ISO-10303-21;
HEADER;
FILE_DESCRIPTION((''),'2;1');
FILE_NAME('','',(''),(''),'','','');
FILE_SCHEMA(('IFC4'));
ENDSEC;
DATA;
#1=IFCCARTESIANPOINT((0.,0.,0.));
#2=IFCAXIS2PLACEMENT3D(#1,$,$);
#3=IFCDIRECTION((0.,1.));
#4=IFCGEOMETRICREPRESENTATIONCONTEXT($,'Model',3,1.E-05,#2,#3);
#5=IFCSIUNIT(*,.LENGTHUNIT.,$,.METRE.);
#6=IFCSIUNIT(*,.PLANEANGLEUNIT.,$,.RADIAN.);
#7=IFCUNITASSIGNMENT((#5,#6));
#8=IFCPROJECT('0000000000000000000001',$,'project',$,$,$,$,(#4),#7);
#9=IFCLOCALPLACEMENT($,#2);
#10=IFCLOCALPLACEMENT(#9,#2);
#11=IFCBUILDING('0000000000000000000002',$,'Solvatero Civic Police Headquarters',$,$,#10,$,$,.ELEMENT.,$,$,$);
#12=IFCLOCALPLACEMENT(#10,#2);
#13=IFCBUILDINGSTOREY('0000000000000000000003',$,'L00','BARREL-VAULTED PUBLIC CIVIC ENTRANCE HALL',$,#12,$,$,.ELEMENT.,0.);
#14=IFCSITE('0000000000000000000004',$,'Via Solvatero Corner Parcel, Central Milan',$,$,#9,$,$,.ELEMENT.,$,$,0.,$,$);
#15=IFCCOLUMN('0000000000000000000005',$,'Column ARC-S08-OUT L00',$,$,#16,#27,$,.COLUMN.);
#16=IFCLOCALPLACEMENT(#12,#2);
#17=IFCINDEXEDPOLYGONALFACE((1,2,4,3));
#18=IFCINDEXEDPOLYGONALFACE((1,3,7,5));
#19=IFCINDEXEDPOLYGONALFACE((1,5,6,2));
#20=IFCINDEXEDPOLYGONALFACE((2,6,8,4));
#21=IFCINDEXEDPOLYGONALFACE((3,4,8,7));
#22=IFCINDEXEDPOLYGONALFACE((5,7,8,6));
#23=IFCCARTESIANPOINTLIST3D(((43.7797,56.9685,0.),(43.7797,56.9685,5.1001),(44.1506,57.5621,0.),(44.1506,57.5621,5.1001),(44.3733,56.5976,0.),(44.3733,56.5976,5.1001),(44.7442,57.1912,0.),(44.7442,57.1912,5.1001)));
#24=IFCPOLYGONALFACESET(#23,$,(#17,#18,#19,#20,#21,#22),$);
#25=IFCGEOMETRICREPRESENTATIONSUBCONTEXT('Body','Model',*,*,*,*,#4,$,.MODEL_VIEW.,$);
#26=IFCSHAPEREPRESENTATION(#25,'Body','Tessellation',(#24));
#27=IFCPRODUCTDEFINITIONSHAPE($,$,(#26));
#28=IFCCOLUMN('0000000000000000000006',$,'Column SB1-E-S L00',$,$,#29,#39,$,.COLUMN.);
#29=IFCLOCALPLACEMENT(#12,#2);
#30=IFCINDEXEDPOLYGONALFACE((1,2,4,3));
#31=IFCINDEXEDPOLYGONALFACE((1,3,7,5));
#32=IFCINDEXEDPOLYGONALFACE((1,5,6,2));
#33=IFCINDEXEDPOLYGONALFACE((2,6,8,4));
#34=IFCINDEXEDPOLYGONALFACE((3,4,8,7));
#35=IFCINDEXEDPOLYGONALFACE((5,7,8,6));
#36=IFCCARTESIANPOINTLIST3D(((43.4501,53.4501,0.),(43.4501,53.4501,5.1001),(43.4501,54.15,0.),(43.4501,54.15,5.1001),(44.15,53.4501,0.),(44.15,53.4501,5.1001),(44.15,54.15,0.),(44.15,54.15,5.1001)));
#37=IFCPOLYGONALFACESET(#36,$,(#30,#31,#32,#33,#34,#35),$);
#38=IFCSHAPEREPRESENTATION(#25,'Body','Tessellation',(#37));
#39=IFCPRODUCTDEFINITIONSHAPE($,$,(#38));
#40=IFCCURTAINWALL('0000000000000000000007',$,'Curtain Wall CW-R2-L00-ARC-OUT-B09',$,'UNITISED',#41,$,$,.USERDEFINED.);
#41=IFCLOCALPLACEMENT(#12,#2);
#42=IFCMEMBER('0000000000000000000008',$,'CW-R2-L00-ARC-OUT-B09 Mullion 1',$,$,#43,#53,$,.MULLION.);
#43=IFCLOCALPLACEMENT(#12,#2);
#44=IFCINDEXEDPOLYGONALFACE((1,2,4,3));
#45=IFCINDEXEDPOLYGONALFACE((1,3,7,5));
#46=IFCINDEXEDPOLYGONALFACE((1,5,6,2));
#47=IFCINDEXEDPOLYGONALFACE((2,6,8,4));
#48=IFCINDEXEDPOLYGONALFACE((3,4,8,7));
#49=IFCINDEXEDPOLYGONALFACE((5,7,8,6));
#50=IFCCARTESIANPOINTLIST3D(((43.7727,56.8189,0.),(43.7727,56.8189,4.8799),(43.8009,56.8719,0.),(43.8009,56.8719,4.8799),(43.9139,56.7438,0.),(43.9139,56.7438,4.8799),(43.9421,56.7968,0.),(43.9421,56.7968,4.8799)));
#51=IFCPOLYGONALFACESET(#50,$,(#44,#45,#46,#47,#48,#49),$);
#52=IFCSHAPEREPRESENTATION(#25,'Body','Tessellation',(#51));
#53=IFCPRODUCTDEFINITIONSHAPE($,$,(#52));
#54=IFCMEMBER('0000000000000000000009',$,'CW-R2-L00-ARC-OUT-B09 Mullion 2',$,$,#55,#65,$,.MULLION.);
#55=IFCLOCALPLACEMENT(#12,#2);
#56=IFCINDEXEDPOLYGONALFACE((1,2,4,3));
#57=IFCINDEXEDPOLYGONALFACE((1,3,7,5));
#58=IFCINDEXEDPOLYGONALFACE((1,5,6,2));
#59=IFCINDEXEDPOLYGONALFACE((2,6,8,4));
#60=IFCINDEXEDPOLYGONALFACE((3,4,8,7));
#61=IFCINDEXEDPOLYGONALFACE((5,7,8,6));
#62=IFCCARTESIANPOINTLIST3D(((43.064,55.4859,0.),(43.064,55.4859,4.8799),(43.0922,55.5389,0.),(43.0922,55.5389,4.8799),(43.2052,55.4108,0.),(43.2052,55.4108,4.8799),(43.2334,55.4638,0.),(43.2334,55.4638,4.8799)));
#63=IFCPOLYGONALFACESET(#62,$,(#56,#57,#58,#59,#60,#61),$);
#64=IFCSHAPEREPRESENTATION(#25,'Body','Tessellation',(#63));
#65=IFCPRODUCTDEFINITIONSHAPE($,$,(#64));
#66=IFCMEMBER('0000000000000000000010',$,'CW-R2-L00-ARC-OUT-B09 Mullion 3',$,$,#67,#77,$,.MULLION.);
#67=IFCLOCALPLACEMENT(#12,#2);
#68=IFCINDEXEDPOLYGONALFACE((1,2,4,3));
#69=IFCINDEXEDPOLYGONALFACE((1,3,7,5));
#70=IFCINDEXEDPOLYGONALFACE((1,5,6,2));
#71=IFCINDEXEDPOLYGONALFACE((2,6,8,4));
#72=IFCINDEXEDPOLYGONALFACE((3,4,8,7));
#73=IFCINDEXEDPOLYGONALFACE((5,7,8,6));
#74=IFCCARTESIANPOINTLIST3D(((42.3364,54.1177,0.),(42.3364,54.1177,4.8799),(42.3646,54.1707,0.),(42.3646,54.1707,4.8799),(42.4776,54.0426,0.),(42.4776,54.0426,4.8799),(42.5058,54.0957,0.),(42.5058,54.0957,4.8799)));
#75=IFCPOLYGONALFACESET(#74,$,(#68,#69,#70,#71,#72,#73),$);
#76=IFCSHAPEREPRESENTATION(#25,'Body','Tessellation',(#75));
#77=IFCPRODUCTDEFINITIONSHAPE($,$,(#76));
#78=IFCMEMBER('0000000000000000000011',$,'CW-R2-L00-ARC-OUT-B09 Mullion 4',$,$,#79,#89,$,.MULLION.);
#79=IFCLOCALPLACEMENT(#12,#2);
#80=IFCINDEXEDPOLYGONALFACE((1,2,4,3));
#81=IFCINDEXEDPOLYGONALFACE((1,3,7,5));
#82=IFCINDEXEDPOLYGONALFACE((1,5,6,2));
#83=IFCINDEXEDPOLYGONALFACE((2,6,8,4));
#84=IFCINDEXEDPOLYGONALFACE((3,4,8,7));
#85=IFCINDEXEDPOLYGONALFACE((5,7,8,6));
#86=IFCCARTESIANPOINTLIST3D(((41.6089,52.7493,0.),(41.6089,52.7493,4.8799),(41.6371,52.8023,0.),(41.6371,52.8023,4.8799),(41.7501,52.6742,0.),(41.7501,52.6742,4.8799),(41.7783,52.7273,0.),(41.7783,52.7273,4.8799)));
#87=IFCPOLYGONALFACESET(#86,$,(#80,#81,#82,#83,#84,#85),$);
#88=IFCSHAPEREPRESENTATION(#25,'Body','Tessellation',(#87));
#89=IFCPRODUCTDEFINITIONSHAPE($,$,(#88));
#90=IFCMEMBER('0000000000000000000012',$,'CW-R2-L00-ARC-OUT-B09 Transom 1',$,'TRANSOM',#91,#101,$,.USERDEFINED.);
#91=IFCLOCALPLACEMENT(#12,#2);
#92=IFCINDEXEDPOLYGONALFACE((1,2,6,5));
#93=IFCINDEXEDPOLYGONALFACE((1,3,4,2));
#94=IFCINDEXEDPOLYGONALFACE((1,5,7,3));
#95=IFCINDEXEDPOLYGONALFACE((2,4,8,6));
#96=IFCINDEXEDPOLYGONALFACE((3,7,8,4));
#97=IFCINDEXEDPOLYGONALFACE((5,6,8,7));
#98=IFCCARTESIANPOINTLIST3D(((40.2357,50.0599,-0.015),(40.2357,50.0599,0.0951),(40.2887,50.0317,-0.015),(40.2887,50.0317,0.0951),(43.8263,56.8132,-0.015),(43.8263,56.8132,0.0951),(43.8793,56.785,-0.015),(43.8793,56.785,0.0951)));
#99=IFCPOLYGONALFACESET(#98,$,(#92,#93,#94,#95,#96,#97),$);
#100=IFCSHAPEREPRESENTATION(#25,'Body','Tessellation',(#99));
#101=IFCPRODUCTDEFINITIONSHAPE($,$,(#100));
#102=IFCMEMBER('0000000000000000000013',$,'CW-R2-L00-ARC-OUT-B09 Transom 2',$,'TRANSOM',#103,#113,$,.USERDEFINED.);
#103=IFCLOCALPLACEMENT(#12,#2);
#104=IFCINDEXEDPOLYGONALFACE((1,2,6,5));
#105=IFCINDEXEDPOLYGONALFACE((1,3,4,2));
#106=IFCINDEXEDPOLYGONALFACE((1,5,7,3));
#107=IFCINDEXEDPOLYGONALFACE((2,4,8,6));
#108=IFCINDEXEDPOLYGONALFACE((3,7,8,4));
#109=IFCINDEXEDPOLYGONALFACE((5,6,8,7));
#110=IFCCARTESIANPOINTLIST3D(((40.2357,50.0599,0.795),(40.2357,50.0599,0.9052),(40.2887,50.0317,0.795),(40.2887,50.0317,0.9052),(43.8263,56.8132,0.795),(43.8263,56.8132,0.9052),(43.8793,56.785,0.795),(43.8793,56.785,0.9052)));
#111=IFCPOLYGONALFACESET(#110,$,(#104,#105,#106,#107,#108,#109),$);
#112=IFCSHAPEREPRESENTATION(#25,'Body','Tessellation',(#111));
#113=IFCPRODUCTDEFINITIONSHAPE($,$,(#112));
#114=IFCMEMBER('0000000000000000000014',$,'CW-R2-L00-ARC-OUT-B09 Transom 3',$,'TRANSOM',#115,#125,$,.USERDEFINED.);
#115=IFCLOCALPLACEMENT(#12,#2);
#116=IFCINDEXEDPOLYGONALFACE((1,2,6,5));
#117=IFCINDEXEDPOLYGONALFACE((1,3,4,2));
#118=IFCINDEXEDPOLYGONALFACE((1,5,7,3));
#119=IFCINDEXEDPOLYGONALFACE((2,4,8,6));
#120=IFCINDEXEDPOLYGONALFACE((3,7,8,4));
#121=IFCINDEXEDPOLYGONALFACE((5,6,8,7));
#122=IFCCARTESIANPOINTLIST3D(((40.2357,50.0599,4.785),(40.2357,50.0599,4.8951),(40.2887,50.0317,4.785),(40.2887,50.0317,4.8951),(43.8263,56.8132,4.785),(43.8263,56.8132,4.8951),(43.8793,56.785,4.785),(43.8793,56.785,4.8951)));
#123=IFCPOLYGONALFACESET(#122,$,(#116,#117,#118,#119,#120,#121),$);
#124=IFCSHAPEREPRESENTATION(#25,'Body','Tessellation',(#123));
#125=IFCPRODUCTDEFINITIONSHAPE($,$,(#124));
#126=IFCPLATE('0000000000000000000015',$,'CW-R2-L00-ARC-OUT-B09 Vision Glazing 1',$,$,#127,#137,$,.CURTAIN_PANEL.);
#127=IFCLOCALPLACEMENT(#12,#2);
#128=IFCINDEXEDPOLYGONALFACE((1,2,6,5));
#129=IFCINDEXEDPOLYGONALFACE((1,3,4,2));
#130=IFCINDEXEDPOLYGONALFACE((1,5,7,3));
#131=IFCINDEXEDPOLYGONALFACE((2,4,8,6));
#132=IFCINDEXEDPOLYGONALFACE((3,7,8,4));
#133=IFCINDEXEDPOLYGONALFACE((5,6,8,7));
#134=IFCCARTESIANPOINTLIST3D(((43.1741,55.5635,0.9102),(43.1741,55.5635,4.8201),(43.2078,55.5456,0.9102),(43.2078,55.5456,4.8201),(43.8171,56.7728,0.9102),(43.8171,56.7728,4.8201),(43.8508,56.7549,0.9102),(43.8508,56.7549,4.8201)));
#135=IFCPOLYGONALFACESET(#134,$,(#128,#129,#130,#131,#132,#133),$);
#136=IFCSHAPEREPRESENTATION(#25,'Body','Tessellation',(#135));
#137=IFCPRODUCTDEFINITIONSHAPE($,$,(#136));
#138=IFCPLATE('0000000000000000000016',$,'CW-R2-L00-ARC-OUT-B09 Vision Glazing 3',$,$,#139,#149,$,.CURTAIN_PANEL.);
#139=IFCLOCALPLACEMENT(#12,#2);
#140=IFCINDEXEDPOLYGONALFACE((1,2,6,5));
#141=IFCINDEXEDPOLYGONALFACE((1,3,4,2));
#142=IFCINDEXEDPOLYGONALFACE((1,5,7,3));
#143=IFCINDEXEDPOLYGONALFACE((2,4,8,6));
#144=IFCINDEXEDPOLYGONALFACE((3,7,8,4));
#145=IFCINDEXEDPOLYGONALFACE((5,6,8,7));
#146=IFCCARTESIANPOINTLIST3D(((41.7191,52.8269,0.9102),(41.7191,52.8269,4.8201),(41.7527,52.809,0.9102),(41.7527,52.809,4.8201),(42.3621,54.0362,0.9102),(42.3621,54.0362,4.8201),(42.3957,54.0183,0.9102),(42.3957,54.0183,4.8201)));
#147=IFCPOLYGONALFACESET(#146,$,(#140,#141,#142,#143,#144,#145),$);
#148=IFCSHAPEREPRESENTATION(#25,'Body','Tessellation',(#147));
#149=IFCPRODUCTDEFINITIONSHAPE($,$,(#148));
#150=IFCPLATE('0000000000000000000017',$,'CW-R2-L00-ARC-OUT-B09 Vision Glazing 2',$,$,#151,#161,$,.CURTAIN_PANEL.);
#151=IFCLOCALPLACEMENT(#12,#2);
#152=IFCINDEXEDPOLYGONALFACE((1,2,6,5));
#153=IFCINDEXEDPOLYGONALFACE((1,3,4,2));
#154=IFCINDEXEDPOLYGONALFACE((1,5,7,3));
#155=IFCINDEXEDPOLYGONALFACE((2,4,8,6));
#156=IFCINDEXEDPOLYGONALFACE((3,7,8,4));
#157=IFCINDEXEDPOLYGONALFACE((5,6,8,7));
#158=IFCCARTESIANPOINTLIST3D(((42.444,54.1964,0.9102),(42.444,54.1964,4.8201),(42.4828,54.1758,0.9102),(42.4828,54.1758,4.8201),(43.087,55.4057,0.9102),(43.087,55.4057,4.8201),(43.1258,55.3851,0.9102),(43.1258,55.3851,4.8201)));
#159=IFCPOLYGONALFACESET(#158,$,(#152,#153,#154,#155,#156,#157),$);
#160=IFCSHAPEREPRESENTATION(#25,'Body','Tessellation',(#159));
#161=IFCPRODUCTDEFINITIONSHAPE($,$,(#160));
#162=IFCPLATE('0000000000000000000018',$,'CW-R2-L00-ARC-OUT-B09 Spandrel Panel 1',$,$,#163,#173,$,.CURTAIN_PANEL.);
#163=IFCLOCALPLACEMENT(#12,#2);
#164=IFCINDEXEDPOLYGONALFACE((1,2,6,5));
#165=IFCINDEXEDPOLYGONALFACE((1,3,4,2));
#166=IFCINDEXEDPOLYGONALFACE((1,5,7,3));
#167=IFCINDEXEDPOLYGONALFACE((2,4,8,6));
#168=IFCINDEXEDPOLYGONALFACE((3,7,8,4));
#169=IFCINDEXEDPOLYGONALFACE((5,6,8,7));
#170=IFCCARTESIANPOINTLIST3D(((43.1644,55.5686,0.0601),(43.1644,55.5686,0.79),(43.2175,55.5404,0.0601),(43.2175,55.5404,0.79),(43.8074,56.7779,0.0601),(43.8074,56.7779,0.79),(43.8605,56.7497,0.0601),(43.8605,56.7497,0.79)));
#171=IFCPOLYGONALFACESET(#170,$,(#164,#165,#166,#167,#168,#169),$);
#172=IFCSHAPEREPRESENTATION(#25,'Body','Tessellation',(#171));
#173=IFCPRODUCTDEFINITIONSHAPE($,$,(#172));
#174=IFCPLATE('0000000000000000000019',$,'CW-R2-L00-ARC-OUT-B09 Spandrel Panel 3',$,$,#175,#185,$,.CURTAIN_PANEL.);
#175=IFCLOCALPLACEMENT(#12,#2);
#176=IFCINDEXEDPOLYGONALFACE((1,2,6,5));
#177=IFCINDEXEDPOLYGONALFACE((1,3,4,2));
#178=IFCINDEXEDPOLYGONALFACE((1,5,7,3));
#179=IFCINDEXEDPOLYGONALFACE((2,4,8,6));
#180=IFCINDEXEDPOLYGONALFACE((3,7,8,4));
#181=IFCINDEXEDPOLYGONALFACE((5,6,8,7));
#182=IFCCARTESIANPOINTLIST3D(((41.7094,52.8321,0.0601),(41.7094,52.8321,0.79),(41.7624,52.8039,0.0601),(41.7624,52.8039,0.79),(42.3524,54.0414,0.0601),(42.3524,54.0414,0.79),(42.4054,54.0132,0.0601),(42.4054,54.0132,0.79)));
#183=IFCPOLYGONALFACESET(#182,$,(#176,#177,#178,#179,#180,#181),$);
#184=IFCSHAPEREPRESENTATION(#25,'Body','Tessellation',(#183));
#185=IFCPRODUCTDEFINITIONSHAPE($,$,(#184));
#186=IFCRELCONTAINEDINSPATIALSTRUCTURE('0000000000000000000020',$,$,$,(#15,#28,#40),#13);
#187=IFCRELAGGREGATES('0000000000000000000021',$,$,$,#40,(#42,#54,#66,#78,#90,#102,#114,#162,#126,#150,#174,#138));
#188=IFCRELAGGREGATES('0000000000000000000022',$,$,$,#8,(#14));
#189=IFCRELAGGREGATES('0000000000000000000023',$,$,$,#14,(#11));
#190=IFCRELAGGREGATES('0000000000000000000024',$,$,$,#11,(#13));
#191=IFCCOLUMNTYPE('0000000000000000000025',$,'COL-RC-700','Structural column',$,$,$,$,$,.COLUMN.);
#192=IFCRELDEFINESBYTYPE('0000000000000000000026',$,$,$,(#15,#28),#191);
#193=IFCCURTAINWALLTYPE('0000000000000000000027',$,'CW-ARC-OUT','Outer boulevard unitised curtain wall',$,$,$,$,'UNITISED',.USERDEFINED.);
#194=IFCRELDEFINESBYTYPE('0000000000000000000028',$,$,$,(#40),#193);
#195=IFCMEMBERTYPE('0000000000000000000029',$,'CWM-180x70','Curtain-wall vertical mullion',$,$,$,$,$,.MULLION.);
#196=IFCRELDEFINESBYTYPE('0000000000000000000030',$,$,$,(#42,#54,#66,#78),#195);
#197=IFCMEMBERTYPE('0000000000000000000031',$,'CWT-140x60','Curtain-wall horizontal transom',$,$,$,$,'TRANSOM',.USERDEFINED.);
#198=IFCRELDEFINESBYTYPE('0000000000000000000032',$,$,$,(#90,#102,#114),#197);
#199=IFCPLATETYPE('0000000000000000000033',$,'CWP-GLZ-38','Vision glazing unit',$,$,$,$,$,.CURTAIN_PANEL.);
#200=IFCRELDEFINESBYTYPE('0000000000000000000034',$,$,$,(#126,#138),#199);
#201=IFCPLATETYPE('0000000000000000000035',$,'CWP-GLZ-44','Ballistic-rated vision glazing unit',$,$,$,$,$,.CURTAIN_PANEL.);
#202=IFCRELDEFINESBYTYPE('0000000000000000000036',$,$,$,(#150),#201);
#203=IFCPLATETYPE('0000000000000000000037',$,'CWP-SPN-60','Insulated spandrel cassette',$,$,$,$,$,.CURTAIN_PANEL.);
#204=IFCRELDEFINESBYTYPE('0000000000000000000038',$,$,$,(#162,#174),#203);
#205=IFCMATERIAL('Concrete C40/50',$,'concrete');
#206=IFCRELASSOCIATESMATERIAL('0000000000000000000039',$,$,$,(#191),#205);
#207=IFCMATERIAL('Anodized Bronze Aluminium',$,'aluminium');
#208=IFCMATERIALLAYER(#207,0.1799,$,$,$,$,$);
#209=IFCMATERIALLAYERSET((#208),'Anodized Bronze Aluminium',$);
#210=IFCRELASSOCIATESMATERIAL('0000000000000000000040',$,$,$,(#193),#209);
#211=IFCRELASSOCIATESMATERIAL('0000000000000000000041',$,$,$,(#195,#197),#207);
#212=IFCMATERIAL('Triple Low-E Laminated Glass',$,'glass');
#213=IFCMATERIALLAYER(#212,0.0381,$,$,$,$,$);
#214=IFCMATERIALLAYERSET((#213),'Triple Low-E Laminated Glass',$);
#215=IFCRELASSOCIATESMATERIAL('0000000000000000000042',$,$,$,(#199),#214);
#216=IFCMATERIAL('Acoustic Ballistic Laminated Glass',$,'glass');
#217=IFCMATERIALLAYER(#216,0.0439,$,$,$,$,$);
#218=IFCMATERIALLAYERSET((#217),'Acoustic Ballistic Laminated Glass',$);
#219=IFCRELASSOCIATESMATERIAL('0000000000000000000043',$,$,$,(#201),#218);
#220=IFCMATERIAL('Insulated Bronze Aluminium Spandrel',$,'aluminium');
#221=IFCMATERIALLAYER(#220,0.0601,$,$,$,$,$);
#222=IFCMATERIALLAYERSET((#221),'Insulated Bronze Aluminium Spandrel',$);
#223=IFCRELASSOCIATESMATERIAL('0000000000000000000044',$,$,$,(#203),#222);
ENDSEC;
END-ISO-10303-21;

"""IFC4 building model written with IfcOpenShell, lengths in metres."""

from ifc_helpers import new_model, si_unit, direction, frame, origin, origin_2d, place, context, subcontext, project, spatial, rectangle, extrude, material, layer, layer_set, material_profile, profile_set, type_object, element, aggregate, save


model = new_model("IFC4")

# Units and contexts
model_context = context("Model", 3, precision=1e-05, world=origin(), true_north=direction((0.0, 1.0)))
body_context = subcontext(model_context, "Body", "Model", "MODEL_VIEW")
ifc_project = project(units=[si_unit("LENGTHUNIT", "METRE"), si_unit("PLANEANGLEUNIT", "RADIAN")], contexts=[model_context])

# Site, building, storey
site_placement = place(None, origin())
site = spatial("IfcSite", under=ifc_project, at=site_placement, Name="Via Solvatero Corner Parcel, Central Milan", CompositionType="ELEMENT", RefElevation=0.0)
building_placement = place(site_placement, origin())
building = spatial("IfcBuilding", under=site, at=building_placement, Name="Solvatero Civic Police Headquarters", CompositionType="ELEMENT")
storey_placement = place(building_placement, origin())
storey = spatial("IfcBuildingStorey", under=building, at=storey_placement, Name="L00", Description="BARREL-VAULTED PUBLIC CIVIC ENTRANCE HALL", CompositionType="ELEMENT", Elevation=0.0)

# Columns
ifc_material_1 = material(Name="Concrete C40/50", Category="concrete")
ifc_material_profile_1 = material_profile(ifc_material_1, rectangle(XDim=0.7, YDim=0.7, at=origin_2d()), Name="RC 700x700")
ifc_profile_set_1 = profile_set([ifc_material_profile_1], Name="Concrete C40/50")
column_type = type_object("IfcColumnType", Name="COL-RC-700", Description="Structural column", PredefinedType="COLUMN", material=ifc_profile_set_1)
for number, where, z_axis, x_axis, name in (
    (1, (44.262, 57.0798, 0.0), (0.0, 0.0, 1.0), (0.529919, 0.848048, 0.0), "Column ARC-S08-OUT L00"),
    (2, (43.8, 53.8, 0.0), (0.0, 0.0, 1.0), (1.0, 0.0, 0.0), "Column SB1-E-S L00"),
):
    element("IfcColumn", number, at=place(storey_placement, frame(where, z_axis=z_axis, x_axis=x_axis)), inside=storey, type_object=column_type, Name=name, PredefinedType="COLUMN", context=body_context, shape_type="SweptSolid", body=[
        extrude(rectangle(XDim=0.7, YDim=0.7, at=origin_2d()), origin(), (0.0, 0.0, 1.0), 5.1001),
    ])

# Curtain wall, members, plates
ifc_material_2 = material(Name="Anodized Bronze Aluminium", Category="aluminium")
ifc_layer_1 = layer(ifc_material_2, 0.1799)
ifc_layer_set_1 = layer_set([ifc_layer_1], Name="Anodized Bronze Aluminium")
curtain_wall_type = type_object("IfcCurtainWallType", Name="CW-ARC-OUT", Description="Outer boulevard unitised curtain wall", ElementType="UNITISED", PredefinedType="USERDEFINED", material=ifc_layer_set_1)
curtain_wall_placement = place(storey_placement, origin())
curtain_wall = element("IfcCurtainWall", 3, at=curtain_wall_placement, inside=storey, type_object=curtain_wall_type, Name="Curtain Wall CW-R2-L00-ARC-OUT-B09", ObjectType="UNITISED", PredefinedType="USERDEFINED")
ifc_material_profile_2 = material_profile(ifc_material_2, rectangle(XDim=0.0601, YDim=0.1599, at=origin_2d()), Name="ALU MULLION 60x160")
ifc_profile_set_2 = profile_set([ifc_material_profile_2], Name="Anodized Bronze Aluminium")
member_type_1 = type_object("IfcMemberType", Name="CWM-180x70", Description="Curtain-wall vertical mullion", PredefinedType="MULLION", material=ifc_profile_set_2)
member_1_placement = place(storey_placement, frame((43.8574, 56.8079, 0.0), z_axis=(0.0, 0.0, 1.0), x_axis=(-0.469472, -0.882948, 0.0)))
member_1 = element("IfcMember", 4, at=member_1_placement, type_object=member_type_1, Name="CW-R2-L00-ARC-OUT-B09 Mullion 1", PredefinedType="MULLION", context=body_context, shape_type="SweptSolid", body=[
    extrude(rectangle(XDim=0.0601, YDim=0.1599, at=origin_2d()), origin(), (0.0, 0.0, 1.0), 4.8799),
])
member_2_placement = place(storey_placement, frame((43.1487, 55.4749, 0.0), z_axis=(0.0, 0.0, 1.0), x_axis=(-0.469472, -0.882948, 0.0)))
member_2 = element("IfcMember", 5, at=member_2_placement, type_object=member_type_1, Name="CW-R2-L00-ARC-OUT-B09 Mullion 2", PredefinedType="MULLION", context=body_context, shape_type="SweptSolid", body=[
    extrude(rectangle(XDim=0.0601, YDim=0.1599, at=origin_2d()), origin(), (0.0, 0.0, 1.0), 4.8799),
])
member_3_placement = place(storey_placement, frame((42.4211, 54.1067, 0.0), z_axis=(0.0, 0.0, 1.0), x_axis=(-0.469472, -0.882948, 0.0)))
member_3 = element("IfcMember", 6, at=member_3_placement, type_object=member_type_1, Name="CW-R2-L00-ARC-OUT-B09 Mullion 3", PredefinedType="MULLION", context=body_context, shape_type="SweptSolid", body=[
    extrude(rectangle(XDim=0.0601, YDim=0.1599, at=origin_2d()), origin(), (0.0, 0.0, 1.0), 4.8799),
])
member_4_placement = place(storey_placement, frame((41.6936, 52.7383, 0.0), z_axis=(0.0, 0.0, 1.0), x_axis=(-0.469472, -0.882948, 0.0)))
member_4 = element("IfcMember", 7, at=member_4_placement, type_object=member_type_1, Name="CW-R2-L00-ARC-OUT-B09 Mullion 4", PredefinedType="MULLION", context=body_context, shape_type="SweptSolid", body=[
    extrude(rectangle(XDim=0.0601, YDim=0.1599, at=origin_2d()), origin(), (0.0, 0.0, 1.0), 4.8799),
])
ifc_material_profile_3 = material_profile(ifc_material_2, rectangle(XDim=0.0601, YDim=0.1101, at=origin_2d()), Name="ALU TRANSOM 60x110")
ifc_profile_set_3 = profile_set([ifc_material_profile_3], Name="Anodized Bronze Aluminium")
member_type_2 = type_object("IfcMemberType", Name="CWT-140x60", Description="Curtain-wall horizontal transom", ElementType="TRANSOM", PredefinedType="USERDEFINED", material=ifc_profile_set_3)
member_5_placement = place(storey_placement, frame((43.8528, 56.7991, 0.04), z_axis=(-0.469456, -0.882956, 0.0), x_axis=(0.882956, -0.469456, 0.0)))
member_5 = element("IfcMember", 8, at=member_5_placement, type_object=member_type_2, Name="CW-R2-L00-ARC-OUT-B09 Transom 1", ObjectType="TRANSOM", PredefinedType="USERDEFINED", context=body_context, shape_type="SweptSolid", body=[
    extrude(rectangle(XDim=0.0601, YDim=0.1101, at=origin_2d()), origin(), (0.0, 0.0, 1.0), 7.6484),
])
member_6_placement = place(storey_placement, frame((43.8528, 56.7991, 0.8501), z_axis=(-0.469456, -0.882956, 0.0), x_axis=(0.882956, -0.469456, 0.0)))
member_6 = element("IfcMember", 9, at=member_6_placement, type_object=member_type_2, Name="CW-R2-L00-ARC-OUT-B09 Transom 2", ObjectType="TRANSOM", PredefinedType="USERDEFINED", context=body_context, shape_type="SweptSolid", body=[
    extrude(rectangle(XDim=0.0601, YDim=0.1101, at=origin_2d()), origin(), (0.0, 0.0, 1.0), 7.6484),
])
member_7_placement = place(storey_placement, frame((43.8528, 56.7991, 4.8401), z_axis=(-0.469456, -0.882956, 0.0), x_axis=(0.882956, -0.469456, 0.0)))
member_7 = element("IfcMember", 10, at=member_7_placement, type_object=member_type_2, Name="CW-R2-L00-ARC-OUT-B09 Transom 3", ObjectType="TRANSOM", PredefinedType="USERDEFINED", context=body_context, shape_type="SweptSolid", body=[
    extrude(rectangle(XDim=0.0601, YDim=0.1101, at=origin_2d()), origin(), (0.0, 0.0, 1.0), 7.6484),
])
ifc_material_3 = material(Name="Triple Low-E Laminated Glass", Category="glass")
ifc_layer_2 = layer(ifc_material_3, 0.0381)
ifc_layer_set_2 = layer_set([ifc_layer_2], Name="Triple Low-E Laminated Glass")
plate_type_1 = type_object("IfcPlateType", Name="CWP-GLZ-38", Description="Vision glazing unit", PredefinedType="CURTAIN_PANEL", material=ifc_layer_set_2)
plate_1_placement = place(storey_placement, frame((43.5125, 56.1592, 0.9102), z_axis=(0.0, 0.0, 1.0), x_axis=(-0.469472, -0.882948, 0.0)))
plate_1 = element("IfcPlate", 11, at=plate_1_placement, type_object=plate_type_1, Name="CW-R2-L00-ARC-OUT-B09 Vision Glazing 1", PredefinedType="CURTAIN_PANEL", context=body_context, shape_type="SweptSolid", body=[
    extrude(rectangle(XDim=1.3696, YDim=0.0381, at=origin_2d()), origin(), (0.0, 0.0, 1.0), 3.9099),
])
plate_2_placement = place(storey_placement, frame((42.0574, 53.4226, 0.9102), z_axis=(0.0, 0.0, 1.0), x_axis=(-0.469472, -0.882948, 0.0)))
plate_2 = element("IfcPlate", 12, at=plate_2_placement, type_object=plate_type_1, Name="CW-R2-L00-ARC-OUT-B09 Vision Glazing 3", PredefinedType="CURTAIN_PANEL", context=body_context, shape_type="SweptSolid", body=[
    extrude(rectangle(XDim=1.3696, YDim=0.0381, at=origin_2d()), origin(), (0.0, 0.0, 1.0), 3.9099),
])
ifc_material_4 = material(Name="Acoustic Ballistic Laminated Glass", Category="glass")
ifc_layer_3 = layer(ifc_material_4, 0.0439)
ifc_layer_set_3 = layer_set([ifc_layer_3], Name="Acoustic Ballistic Laminated Glass")
plate_type_2 = type_object("IfcPlateType", Name="CWP-GLZ-44", Description="Ballistic-rated vision glazing unit", PredefinedType="CURTAIN_PANEL", material=ifc_layer_set_3)
plate_3_placement = place(storey_placement, frame((42.7849, 54.7908, 0.9102), z_axis=(0.0, 0.0, 1.0), x_axis=(-0.469472, -0.882948, 0.0)))
plate_3 = element("IfcPlate", 13, at=plate_3_placement, type_object=plate_type_2, Name="CW-R2-L00-ARC-OUT-B09 Vision Glazing 2", PredefinedType="CURTAIN_PANEL", context=body_context, shape_type="SweptSolid", body=[
    extrude(rectangle(XDim=1.3696, YDim=0.0439, at=origin_2d()), origin(), (0.0, 0.0, 1.0), 3.9099),
])
ifc_material_5 = material(Name="Insulated Bronze Aluminium Spandrel", Category="aluminium")
ifc_layer_4 = layer(ifc_material_5, 0.0601)
ifc_layer_set_4 = layer_set([ifc_layer_4], Name="Insulated Bronze Aluminium Spandrel")
plate_type_3 = type_object("IfcPlateType", Name="CWP-SPN-60", Description="Insulated spandrel cassette", PredefinedType="CURTAIN_PANEL", material=ifc_layer_set_4)
plate_4_placement = place(storey_placement, frame((43.5125, 56.1592, 0.0601), z_axis=(0.0, 0.0, 1.0), x_axis=(-0.469472, -0.882948, 0.0)))
plate_4 = element("IfcPlate", 14, at=plate_4_placement, type_object=plate_type_3, Name="CW-R2-L00-ARC-OUT-B09 Spandrel Panel 1", PredefinedType="CURTAIN_PANEL", context=body_context, shape_type="SweptSolid", body=[
    extrude(rectangle(XDim=1.3696, YDim=0.0601, at=origin_2d()), origin(), (0.0, 0.0, 1.0), 0.73),
])
plate_5_placement = place(storey_placement, frame((42.0574, 53.4226, 0.0601), z_axis=(0.0, 0.0, 1.0), x_axis=(-0.469472, -0.882948, 0.0)))
plate_5 = element("IfcPlate", 15, at=plate_5_placement, type_object=plate_type_3, Name="CW-R2-L00-ARC-OUT-B09 Spandrel Panel 3", PredefinedType="CURTAIN_PANEL", context=body_context, shape_type="SweptSolid", body=[
    extrude(rectangle(XDim=1.3696, YDim=0.0601, at=origin_2d()), origin(), (0.0, 0.0, 1.0), 0.73),
])
aggregate(curtain_wall, [member_1, member_2, member_3, member_4, member_5, member_6, member_7, plate_4, plate_1, plate_3, plate_5, plate_2])

save(model, "model.ifc")
